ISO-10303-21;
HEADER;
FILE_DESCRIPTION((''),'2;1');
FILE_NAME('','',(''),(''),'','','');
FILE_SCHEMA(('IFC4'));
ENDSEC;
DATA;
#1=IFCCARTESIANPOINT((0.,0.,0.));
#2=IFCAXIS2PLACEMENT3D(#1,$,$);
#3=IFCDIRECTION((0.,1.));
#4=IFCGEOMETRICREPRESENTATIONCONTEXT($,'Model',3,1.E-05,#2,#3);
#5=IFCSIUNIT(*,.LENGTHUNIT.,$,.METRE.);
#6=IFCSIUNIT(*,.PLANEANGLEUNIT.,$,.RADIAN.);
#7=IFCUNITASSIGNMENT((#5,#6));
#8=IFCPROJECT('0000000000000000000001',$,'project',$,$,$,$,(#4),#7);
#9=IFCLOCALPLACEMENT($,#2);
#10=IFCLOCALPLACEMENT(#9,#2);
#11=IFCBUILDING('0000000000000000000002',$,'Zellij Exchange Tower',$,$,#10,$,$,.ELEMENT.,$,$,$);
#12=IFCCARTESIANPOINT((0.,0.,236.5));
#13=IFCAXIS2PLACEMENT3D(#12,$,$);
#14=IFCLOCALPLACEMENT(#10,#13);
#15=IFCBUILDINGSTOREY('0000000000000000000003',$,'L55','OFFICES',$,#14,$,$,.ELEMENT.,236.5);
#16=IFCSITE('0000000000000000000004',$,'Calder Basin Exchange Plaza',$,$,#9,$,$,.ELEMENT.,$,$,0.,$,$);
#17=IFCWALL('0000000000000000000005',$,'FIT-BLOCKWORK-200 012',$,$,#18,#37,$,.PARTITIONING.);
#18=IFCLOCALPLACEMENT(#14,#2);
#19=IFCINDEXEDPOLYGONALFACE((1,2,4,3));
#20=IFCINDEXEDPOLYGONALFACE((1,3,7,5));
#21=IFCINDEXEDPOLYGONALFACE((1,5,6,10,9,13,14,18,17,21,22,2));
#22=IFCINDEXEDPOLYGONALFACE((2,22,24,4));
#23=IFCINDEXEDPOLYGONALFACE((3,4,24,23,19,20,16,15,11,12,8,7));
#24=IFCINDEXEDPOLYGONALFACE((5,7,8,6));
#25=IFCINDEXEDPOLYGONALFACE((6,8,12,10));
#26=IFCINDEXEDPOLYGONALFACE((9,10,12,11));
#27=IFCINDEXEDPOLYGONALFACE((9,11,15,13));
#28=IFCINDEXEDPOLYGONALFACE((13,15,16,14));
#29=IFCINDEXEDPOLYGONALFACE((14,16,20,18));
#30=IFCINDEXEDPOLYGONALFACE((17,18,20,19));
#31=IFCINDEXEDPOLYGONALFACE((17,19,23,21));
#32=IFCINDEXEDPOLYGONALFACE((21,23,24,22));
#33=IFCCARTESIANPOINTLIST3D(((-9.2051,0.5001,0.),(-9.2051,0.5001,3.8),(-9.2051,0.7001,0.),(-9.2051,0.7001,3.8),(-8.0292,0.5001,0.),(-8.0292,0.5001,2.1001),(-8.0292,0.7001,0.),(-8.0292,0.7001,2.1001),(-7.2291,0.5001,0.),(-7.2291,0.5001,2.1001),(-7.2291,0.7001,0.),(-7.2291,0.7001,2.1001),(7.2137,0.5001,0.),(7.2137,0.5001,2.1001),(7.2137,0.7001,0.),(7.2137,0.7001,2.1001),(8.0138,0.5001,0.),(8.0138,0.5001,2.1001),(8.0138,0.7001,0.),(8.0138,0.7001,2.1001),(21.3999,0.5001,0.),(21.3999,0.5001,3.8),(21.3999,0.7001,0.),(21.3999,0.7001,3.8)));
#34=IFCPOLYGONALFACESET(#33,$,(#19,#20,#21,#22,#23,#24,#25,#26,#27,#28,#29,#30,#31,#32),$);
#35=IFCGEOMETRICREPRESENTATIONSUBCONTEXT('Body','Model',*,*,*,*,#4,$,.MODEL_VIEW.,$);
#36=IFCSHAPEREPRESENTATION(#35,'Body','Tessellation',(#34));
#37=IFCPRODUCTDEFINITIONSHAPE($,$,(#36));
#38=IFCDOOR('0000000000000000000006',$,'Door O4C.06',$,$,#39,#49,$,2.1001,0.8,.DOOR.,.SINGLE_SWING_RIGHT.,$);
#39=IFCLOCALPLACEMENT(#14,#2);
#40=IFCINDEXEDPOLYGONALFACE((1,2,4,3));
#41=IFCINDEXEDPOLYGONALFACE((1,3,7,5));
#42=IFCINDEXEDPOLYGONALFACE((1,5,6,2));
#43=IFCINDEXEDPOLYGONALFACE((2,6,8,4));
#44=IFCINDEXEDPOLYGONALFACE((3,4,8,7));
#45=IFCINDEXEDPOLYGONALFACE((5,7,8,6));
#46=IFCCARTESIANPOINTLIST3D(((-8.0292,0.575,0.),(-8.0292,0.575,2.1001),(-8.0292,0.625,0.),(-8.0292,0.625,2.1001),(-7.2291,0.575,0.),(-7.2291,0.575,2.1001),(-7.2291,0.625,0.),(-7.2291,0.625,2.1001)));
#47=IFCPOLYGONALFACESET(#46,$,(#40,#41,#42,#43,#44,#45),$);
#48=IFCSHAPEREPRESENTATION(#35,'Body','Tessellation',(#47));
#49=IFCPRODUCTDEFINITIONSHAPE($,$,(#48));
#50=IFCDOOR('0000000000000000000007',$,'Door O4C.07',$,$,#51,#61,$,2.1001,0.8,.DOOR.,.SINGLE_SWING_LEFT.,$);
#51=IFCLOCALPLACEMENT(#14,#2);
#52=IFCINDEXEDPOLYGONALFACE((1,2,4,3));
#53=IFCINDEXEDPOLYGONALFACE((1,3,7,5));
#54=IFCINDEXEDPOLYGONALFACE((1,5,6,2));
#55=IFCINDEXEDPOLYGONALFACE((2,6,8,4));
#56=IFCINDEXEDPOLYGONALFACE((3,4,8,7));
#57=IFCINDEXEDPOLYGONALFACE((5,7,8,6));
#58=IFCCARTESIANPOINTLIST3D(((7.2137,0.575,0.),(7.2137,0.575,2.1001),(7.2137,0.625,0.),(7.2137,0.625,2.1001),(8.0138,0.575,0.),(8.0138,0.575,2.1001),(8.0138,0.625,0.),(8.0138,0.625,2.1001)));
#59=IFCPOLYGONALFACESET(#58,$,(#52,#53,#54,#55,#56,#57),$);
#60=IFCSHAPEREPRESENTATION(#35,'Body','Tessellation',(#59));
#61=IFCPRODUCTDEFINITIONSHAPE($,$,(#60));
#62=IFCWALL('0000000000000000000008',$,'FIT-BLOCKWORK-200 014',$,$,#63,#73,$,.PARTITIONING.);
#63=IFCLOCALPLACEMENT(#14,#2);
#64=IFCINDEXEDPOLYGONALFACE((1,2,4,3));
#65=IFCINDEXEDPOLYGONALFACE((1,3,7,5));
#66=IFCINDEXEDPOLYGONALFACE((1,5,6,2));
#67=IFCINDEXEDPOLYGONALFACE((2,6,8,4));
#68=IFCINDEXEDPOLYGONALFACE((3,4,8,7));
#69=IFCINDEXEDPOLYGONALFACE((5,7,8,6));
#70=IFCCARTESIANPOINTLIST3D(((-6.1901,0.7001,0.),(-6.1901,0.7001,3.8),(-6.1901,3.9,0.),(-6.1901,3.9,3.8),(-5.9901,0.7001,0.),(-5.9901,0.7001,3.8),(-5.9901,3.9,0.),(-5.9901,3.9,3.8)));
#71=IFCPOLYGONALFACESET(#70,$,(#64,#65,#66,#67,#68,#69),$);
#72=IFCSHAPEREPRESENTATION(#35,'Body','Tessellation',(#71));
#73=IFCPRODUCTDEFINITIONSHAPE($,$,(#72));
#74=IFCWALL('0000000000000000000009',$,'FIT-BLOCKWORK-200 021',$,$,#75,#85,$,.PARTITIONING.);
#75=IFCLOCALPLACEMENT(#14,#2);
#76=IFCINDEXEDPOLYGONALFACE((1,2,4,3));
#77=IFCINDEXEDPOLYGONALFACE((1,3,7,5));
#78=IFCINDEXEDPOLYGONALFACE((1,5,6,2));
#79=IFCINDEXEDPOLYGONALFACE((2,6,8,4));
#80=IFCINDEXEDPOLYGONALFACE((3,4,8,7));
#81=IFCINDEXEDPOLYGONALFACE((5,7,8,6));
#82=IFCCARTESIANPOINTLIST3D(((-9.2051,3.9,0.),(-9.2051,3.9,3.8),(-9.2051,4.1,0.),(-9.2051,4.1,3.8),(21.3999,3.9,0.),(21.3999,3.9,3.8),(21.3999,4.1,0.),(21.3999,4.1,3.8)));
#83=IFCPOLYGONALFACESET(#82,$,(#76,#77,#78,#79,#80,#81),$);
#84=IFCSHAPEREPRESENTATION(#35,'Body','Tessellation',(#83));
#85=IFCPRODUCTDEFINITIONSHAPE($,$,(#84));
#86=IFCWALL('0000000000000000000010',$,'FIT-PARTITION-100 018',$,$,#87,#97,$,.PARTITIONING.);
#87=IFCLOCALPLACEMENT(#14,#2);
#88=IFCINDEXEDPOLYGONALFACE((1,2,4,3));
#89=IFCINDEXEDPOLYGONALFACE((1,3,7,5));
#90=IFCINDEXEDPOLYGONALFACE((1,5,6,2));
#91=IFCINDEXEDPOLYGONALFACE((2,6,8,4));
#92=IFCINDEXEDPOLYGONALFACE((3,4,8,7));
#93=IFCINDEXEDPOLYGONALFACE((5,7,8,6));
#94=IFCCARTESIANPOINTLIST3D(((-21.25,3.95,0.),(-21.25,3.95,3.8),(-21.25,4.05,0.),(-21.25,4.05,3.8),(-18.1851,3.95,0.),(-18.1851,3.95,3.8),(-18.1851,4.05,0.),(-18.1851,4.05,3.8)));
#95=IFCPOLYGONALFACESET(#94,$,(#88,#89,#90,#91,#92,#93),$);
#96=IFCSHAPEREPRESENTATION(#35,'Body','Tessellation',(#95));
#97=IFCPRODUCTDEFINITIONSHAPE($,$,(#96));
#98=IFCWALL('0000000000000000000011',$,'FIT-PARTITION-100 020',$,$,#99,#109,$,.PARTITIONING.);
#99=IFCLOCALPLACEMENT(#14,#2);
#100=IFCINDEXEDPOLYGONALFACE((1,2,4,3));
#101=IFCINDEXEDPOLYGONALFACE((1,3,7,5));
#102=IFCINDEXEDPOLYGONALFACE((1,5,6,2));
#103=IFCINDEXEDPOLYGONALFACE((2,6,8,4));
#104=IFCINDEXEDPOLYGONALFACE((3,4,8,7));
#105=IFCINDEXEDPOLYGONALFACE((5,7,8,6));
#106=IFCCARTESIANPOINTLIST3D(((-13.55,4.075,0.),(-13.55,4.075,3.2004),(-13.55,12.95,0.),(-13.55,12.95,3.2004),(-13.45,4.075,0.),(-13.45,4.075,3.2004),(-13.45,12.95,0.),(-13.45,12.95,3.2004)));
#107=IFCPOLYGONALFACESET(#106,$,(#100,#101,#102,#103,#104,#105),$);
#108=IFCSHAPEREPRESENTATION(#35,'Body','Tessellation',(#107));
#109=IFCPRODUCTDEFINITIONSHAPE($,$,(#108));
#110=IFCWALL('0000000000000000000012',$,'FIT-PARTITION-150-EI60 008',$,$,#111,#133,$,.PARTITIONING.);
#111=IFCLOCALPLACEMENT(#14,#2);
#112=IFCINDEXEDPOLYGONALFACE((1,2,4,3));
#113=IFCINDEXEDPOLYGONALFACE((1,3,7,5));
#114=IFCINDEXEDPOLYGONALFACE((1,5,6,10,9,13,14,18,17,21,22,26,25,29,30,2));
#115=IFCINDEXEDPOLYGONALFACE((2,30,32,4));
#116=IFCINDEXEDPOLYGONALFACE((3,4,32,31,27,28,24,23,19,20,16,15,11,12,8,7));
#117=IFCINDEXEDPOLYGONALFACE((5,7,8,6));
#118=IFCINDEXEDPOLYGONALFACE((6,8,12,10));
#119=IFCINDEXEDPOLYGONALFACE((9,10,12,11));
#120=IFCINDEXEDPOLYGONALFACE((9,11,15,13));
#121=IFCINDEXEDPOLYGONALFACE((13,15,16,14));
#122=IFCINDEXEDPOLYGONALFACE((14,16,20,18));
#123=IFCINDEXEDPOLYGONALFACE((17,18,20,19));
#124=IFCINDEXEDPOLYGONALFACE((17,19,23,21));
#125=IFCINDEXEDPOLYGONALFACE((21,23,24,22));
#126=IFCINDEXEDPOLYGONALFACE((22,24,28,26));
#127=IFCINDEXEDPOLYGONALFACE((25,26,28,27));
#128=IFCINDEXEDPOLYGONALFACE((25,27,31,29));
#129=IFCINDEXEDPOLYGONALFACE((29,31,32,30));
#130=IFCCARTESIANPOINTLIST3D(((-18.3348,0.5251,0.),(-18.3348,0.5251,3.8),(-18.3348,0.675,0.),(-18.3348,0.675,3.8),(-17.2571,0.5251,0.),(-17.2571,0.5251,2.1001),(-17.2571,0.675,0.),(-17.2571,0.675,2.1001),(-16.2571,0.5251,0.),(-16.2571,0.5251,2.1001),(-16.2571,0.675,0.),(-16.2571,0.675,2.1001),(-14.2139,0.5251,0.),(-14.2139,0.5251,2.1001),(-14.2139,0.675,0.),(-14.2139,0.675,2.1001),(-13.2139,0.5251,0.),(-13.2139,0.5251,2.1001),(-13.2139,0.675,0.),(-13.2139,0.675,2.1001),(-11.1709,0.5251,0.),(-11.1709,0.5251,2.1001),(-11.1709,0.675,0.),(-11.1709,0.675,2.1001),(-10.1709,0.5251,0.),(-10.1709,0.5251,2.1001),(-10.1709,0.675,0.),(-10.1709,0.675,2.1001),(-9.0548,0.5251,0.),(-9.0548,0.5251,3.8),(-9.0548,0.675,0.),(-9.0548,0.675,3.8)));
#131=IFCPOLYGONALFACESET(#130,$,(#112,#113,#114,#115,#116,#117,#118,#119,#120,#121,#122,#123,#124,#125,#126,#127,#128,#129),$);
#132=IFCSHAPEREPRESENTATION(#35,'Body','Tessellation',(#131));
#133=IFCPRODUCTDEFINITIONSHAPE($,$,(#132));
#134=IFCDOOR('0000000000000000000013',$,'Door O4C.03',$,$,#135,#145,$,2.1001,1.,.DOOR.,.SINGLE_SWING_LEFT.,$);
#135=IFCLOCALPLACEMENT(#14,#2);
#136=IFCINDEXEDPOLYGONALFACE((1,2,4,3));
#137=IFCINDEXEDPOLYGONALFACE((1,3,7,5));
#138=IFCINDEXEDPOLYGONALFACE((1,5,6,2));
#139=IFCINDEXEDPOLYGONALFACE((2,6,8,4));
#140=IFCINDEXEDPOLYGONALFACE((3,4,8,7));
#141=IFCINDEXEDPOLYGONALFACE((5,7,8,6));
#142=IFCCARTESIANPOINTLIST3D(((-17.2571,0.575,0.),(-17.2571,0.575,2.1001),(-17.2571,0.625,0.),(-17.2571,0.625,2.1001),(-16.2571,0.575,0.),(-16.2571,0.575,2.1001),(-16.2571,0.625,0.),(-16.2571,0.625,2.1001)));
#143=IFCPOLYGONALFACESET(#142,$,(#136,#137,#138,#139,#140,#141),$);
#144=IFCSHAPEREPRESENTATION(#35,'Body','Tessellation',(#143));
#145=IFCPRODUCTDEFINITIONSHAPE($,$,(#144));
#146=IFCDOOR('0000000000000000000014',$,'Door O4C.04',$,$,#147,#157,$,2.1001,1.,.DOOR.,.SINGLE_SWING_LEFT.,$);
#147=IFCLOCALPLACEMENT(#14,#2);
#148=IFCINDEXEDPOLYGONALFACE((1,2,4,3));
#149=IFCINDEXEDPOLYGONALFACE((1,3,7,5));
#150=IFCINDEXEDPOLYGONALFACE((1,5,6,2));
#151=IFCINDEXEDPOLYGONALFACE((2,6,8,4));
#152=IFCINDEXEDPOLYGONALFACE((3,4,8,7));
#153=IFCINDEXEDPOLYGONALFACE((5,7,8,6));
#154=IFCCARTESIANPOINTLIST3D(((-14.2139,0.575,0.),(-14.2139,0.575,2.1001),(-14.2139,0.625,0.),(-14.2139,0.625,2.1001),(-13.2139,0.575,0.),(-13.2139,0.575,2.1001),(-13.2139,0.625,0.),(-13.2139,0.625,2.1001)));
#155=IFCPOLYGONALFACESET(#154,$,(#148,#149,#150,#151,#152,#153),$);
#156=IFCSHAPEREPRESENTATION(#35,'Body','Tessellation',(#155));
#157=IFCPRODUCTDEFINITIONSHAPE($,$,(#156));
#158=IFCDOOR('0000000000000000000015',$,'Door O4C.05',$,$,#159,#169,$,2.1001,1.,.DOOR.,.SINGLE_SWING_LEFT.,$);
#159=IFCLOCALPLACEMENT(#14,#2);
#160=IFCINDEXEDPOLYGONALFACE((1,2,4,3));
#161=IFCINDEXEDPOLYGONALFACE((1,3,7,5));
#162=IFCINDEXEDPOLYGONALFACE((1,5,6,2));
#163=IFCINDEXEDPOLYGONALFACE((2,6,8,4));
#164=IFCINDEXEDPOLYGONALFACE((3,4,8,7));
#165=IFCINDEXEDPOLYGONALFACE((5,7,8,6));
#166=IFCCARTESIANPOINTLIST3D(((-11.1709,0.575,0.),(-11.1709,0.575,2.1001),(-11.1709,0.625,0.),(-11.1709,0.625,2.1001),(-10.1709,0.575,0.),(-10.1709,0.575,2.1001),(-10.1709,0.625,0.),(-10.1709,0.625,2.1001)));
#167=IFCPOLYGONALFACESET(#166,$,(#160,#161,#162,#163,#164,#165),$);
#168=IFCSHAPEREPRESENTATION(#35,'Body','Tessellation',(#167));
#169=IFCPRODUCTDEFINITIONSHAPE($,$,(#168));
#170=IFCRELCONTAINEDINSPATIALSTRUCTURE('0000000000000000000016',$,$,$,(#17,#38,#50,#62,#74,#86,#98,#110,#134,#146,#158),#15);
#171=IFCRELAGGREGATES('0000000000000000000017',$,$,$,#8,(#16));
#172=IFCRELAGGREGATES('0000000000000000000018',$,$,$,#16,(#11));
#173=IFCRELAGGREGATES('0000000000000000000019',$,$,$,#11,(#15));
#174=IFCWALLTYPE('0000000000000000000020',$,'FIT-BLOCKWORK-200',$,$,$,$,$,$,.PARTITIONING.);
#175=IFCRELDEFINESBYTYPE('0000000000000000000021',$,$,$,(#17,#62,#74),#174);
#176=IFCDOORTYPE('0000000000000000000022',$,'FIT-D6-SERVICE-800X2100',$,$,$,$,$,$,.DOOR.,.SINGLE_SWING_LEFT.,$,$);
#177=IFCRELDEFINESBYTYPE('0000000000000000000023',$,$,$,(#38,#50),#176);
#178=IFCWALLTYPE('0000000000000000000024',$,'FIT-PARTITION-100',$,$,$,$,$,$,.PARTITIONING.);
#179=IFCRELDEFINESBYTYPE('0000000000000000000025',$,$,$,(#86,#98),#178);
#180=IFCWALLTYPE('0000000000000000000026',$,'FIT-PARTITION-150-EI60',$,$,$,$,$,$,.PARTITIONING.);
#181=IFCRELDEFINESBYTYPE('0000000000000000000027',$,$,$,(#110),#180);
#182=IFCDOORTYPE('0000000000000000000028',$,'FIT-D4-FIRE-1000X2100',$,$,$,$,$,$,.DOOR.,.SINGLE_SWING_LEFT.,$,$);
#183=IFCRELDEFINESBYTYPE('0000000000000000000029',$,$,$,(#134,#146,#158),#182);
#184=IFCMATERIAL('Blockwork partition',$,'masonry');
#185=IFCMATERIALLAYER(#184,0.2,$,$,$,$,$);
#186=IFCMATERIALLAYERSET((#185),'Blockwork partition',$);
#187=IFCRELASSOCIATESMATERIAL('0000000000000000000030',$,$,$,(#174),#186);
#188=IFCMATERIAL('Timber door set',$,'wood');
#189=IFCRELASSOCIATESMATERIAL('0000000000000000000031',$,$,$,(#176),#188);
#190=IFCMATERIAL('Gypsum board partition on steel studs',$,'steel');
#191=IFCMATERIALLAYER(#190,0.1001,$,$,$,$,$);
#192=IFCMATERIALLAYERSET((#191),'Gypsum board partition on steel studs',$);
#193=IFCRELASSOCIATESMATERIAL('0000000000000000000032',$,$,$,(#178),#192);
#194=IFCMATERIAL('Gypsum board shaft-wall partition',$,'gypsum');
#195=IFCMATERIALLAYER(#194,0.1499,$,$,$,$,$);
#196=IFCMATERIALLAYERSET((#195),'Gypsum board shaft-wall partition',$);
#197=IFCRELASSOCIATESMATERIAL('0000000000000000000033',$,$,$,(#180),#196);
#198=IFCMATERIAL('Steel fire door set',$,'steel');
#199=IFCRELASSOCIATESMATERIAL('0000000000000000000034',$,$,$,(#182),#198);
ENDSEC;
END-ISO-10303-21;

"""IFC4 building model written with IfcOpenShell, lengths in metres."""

from ifc_helpers import new_model, si_unit, direction, frame, frame_2d, origin, place, context, subcontext, project, spatial, rectangle, extrude, material, layer, layer_set, type_object, element, fill, save


model = new_model("IFC4")

# Units and contexts
model_context = context("Model", 3, precision=1e-05, world=origin(), true_north=direction((0.0, 1.0)))
body_context = subcontext(model_context, "Body", "Model", "MODEL_VIEW")
ifc_project = project(units=[si_unit("LENGTHUNIT", "METRE"), si_unit("PLANEANGLEUNIT", "RADIAN")], contexts=[model_context])

# Site, building, storey
site_placement = place(None, origin())
site = spatial("IfcSite", under=ifc_project, at=site_placement, Name="Calder Basin Exchange Plaza", CompositionType="ELEMENT", RefElevation=0.0)
building_placement = place(site_placement, origin())
building = spatial("IfcBuilding", under=site, at=building_placement, Name="Zellij Exchange Tower", CompositionType="ELEMENT")
storey_placement = place(building_placement, frame((0.0, 0.0, 236.5)))
storey = spatial("IfcBuildingStorey", under=building, at=storey_placement, Name="L55", Description="OFFICES", CompositionType="ELEMENT", Elevation=236.5)

# Wall, openings, doors
ifc_material_1 = material(Name="Blockwork partition", Category="masonry")
ifc_layer_1 = layer(ifc_material_1, 0.2)
ifc_layer_set_1 = layer_set([ifc_layer_1], Name="Blockwork partition")
wall_type_1 = type_object("IfcWallType", Name="FIT-BLOCKWORK-200", PredefinedType="PARTITIONING", material=ifc_layer_set_1)
wall_1_placement = place(storey_placement, frame((-9.2051, 0.6001, 0.0), z_axis=(0.0, 0.0, 1.0), x_axis=(1.0, 0.0, 0.0)))
wall_1 = element("IfcWall", 1, at=wall_1_placement, inside=storey, type_object=wall_type_1, Name="FIT-BLOCKWORK-200 012", PredefinedType="PARTITIONING", context=body_context, shape_type="SweptSolid", body=[
    extrude(rectangle(XDim=30.605, YDim=0.2, at=frame_2d((15.3025, 0.0))), origin(), (0.0, 0.0, 1.0), 3.8),
])
opening_1_placement = place(wall_1_placement, frame((1.176, 0.0, 0.0)))
opening_1 = element("IfcOpeningElement", 2, at=opening_1_placement, cuts=wall_1, PredefinedType="OPENING", context=body_context, shape_type="SweptSolid", body=[
    extrude(rectangle(XDim=0.8, YDim=2.1001, at=frame_2d((0.3999, 1.05))), frame((0.0, 0.1118, 0.0), z_axis=(0.0, -1.0, 0.0), x_axis=(1.0, 0.0, 0.0)), (0.0, 0.0, 1.0), 0.2239),
])
opening_2_placement = place(wall_1_placement, frame((16.4189, 0.0, 0.0)))
opening_2 = element("IfcOpeningElement", 3, at=opening_2_placement, cuts=wall_1, PredefinedType="OPENING", context=body_context, shape_type="SweptSolid", body=[
    extrude(rectangle(XDim=0.8, YDim=2.1001, at=frame_2d((0.3999, 1.05))), frame((0.0, 0.1118, 0.0), z_axis=(0.0, -1.0, 0.0), x_axis=(1.0, 0.0, 0.0)), (0.0, 0.0, 1.0), 0.2239),
])
ifc_material_2 = material(Name="Timber door set", Category="wood")
door_type_1 = type_object("IfcDoorType", Name="FIT-D6-SERVICE-800X2100", OperationType="SINGLE_SWING_LEFT", PredefinedType="DOOR", material=ifc_material_2)
door_1_placement = place(opening_1_placement, origin())
door_1 = element("IfcDoor", 4, at=door_1_placement, inside=storey, type_object=door_type_1, Name="Door O4C.06", OperationType="SINGLE_SWING_RIGHT", OverallHeight=2.1001, OverallWidth=0.8, PredefinedType="DOOR", context=body_context, shape_type="SweptSolid", body=[
    extrude(rectangle(XDim=0.8, YDim=2.1001, at=frame_2d((0.3999, 1.05))), frame((0.0, 0.0249, 0.0), z_axis=(0.0, -1.0, 0.0), x_axis=(1.0, 0.0, 0.0)), (0.0, 0.0, 1.0), 0.05),
])
fill(opening_1, door_1)
door_2_placement = place(opening_2_placement, origin())
door_2 = element("IfcDoor", 5, at=door_2_placement, inside=storey, type_object=door_type_1, Name="Door O4C.07", OperationType="SINGLE_SWING_LEFT", OverallHeight=2.1001, OverallWidth=0.8, PredefinedType="DOOR", context=body_context, shape_type="SweptSolid", body=[
    extrude(rectangle(XDim=0.8, YDim=2.1001, at=frame_2d((0.3999, 1.05))), frame((0.0, 0.0249, 0.0), z_axis=(0.0, -1.0, 0.0), x_axis=(1.0, 0.0, 0.0)), (0.0, 0.0, 1.0), 0.05),
])
fill(opening_2, door_2)

# Walls
wall_2_placement = place(storey_placement, frame((-6.0901, 0.7, 0.0), z_axis=(0.0, 0.0, 1.0), x_axis=(0.0, 1.0, 0.0)))
element("IfcWall", 6, at=wall_2_placement, inside=storey, type_object=wall_type_1, Name="FIT-BLOCKWORK-200 014", PredefinedType="PARTITIONING", context=body_context, shape_type="SweptSolid", body=[
    extrude(rectangle(XDim=3.2, YDim=0.2, at=frame_2d((1.6001, 0.0))), origin(), (0.0, 0.0, 1.0), 3.8),
])
wall_3_placement = place(storey_placement, frame((-9.2051, 4.0, 0.0), z_axis=(0.0, 0.0, 1.0), x_axis=(1.0, 0.0, 0.0)))
element("IfcWall", 7, at=wall_3_placement, inside=storey, type_object=wall_type_1, Name="FIT-BLOCKWORK-200 021", PredefinedType="PARTITIONING", context=body_context, shape_type="SweptSolid", body=[
    extrude(rectangle(XDim=30.605, YDim=0.2, at=frame_2d((15.3025, 0.0))), origin(), (0.0, 0.0, 1.0), 3.8),
])
ifc_material_3 = material(Name="Gypsum board partition on steel studs", Category="steel")
ifc_layer_2 = layer(ifc_material_3, 0.1001)
ifc_layer_set_2 = layer_set([ifc_layer_2], Name="Gypsum board partition on steel studs")
wall_type_2 = type_object("IfcWallType", Name="FIT-PARTITION-100", PredefinedType="PARTITIONING", material=ifc_layer_set_2)
wall_4_placement = place(storey_placement, frame((-21.25, 4.0, 0.0), z_axis=(0.0, 0.0, 1.0), x_axis=(1.0, 0.0, 0.0)))
element("IfcWall", 8, at=wall_4_placement, inside=storey, type_object=wall_type_2, Name="FIT-PARTITION-100 018", PredefinedType="PARTITIONING", context=body_context, shape_type="SweptSolid", body=[
    extrude(rectangle(XDim=3.0649, YDim=0.1001, at=frame_2d((1.5325, 0.0))), origin(), (0.0, 0.0, 1.0), 3.8),
])
wall_5_placement = place(storey_placement, frame((-13.5, 4.075, 0.0), z_axis=(0.0, 0.0, 1.0), x_axis=(0.0, 1.0, 0.0)))
element("IfcWall", 9, at=wall_5_placement, inside=storey, type_object=wall_type_2, Name="FIT-PARTITION-100 020", PredefinedType="PARTITIONING", context=body_context, shape_type="SweptSolid", body=[
    extrude(rectangle(XDim=8.875, YDim=0.1001, at=frame_2d((4.4375, 0.0))), origin(), (0.0, 0.0, 1.0), 3.2004),
])

# Wall, openings, doors
ifc_material_4 = material(Name="Gypsum board shaft-wall partition", Category="gypsum")
ifc_layer_3 = layer(ifc_material_4, 0.1499)
ifc_layer_set_3 = layer_set([ifc_layer_3], Name="Gypsum board shaft-wall partition")
wall_type_3 = type_object("IfcWallType", Name="FIT-PARTITION-150-EI60", PredefinedType="PARTITIONING", material=ifc_layer_set_3)
wall_6_placement = place(storey_placement, frame((-18.335, 0.6001, 0.0), z_axis=(0.0, 0.0, 1.0), x_axis=(1.0, 0.0, 0.0)))
wall_6 = element("IfcWall", 10, at=wall_6_placement, inside=storey, type_object=wall_type_3, Name="FIT-PARTITION-150-EI60 008", PredefinedType="PARTITIONING", context=body_context, shape_type="SweptSolid", body=[
    extrude(rectangle(XDim=9.28, YDim=0.1499, at=frame_2d((4.6401, 0.0))), origin(), (0.0, 0.0, 1.0), 3.8),
])
opening_3_placement = place(wall_6_placement, frame((1.0779, 0.0, 0.0)))
opening_3 = element("IfcOpeningElement", 11, at=opening_3_placement, cuts=wall_6, PredefinedType="OPENING", context=body_context, shape_type="SweptSolid", body=[
    extrude(rectangle(XDim=1.0, YDim=2.1001, at=frame_2d((0.5, 1.05))), frame((0.0, 0.0869, 0.0), z_axis=(0.0, -1.0, 0.0), x_axis=(1.0, 0.0, 0.0)), (0.0, 0.0, 1.0), 0.1738),
])
opening_4_placement = place(wall_6_placement, frame((4.1211, 0.0, 0.0)))
opening_4 = element("IfcOpeningElement", 12, at=opening_4_placement, cuts=wall_6, PredefinedType="OPENING", context=body_context, shape_type="SweptSolid", body=[
    extrude(rectangle(XDim=1.0, YDim=2.1001, at=frame_2d((0.5, 1.05))), frame((0.0, 0.0869, 0.0), z_axis=(0.0, -1.0, 0.0), x_axis=(1.0, 0.0, 0.0)), (0.0, 0.0, 1.0), 0.1738),
])
opening_5_placement = place(wall_6_placement, frame((7.1641, 0.0, 0.0)))
opening_5 = element("IfcOpeningElement", 13, at=opening_5_placement, cuts=wall_6, PredefinedType="OPENING", context=body_context, shape_type="SweptSolid", body=[
    extrude(rectangle(XDim=1.0, YDim=2.1001, at=frame_2d((0.5, 1.05))), frame((0.0, 0.0869, 0.0), z_axis=(0.0, -1.0, 0.0), x_axis=(1.0, 0.0, 0.0)), (0.0, 0.0, 1.0), 0.1738),
])
ifc_material_5 = material(Name="Steel fire door set", Category="steel")
door_type_2 = type_object("IfcDoorType", Name="FIT-D4-FIRE-1000X2100", OperationType="SINGLE_SWING_LEFT", PredefinedType="DOOR", material=ifc_material_5)
door_3_placement = place(opening_3_placement, origin())
door_3 = element("IfcDoor", 14, at=door_3_placement, inside=storey, type_object=door_type_2, Name="Door O4C.03", OperationType="SINGLE_SWING_LEFT", OverallHeight=2.1001, OverallWidth=1.0, PredefinedType="DOOR", context=body_context, shape_type="SweptSolid", body=[
    extrude(rectangle(XDim=1.0, YDim=2.1001, at=frame_2d((0.5, 1.05))), frame((0.0, 0.0249, 0.0), z_axis=(0.0, -1.0, 0.0), x_axis=(1.0, 0.0, 0.0)), (0.0, 0.0, 1.0), 0.05),
])
fill(opening_3, door_3)
door_4_placement = place(opening_4_placement, origin())
door_4 = element("IfcDoor", 15, at=door_4_placement, inside=storey, type_object=door_type_2, Name="Door O4C.04", OperationType="SINGLE_SWING_LEFT", OverallHeight=2.1001, OverallWidth=1.0, PredefinedType="DOOR", context=body_context, shape_type="SweptSolid", body=[
    extrude(rectangle(XDim=1.0, YDim=2.1001, at=frame_2d((0.5, 1.05))), frame((0.0, 0.0249, 0.0), z_axis=(0.0, -1.0, 0.0), x_axis=(1.0, 0.0, 0.0)), (0.0, 0.0, 1.0), 0.05),
])
fill(opening_4, door_4)
door_5_placement = place(opening_5_placement, origin())
door_5 = element("IfcDoor", 16, at=door_5_placement, inside=storey, type_object=door_type_2, Name="Door O4C.05", OperationType="SINGLE_SWING_LEFT", OverallHeight=2.1001, OverallWidth=1.0, PredefinedType="DOOR", context=body_context, shape_type="SweptSolid", body=[
    extrude(rectangle(XDim=1.0, YDim=2.1001, at=frame_2d((0.5, 1.05))), frame((0.0, 0.0249, 0.0), z_axis=(0.0, -1.0, 0.0), x_axis=(1.0, 0.0, 0.0)), (0.0, 0.0, 1.0), 0.05),
])
fill(opening_5, door_5)

save(model, "model.ifc")
